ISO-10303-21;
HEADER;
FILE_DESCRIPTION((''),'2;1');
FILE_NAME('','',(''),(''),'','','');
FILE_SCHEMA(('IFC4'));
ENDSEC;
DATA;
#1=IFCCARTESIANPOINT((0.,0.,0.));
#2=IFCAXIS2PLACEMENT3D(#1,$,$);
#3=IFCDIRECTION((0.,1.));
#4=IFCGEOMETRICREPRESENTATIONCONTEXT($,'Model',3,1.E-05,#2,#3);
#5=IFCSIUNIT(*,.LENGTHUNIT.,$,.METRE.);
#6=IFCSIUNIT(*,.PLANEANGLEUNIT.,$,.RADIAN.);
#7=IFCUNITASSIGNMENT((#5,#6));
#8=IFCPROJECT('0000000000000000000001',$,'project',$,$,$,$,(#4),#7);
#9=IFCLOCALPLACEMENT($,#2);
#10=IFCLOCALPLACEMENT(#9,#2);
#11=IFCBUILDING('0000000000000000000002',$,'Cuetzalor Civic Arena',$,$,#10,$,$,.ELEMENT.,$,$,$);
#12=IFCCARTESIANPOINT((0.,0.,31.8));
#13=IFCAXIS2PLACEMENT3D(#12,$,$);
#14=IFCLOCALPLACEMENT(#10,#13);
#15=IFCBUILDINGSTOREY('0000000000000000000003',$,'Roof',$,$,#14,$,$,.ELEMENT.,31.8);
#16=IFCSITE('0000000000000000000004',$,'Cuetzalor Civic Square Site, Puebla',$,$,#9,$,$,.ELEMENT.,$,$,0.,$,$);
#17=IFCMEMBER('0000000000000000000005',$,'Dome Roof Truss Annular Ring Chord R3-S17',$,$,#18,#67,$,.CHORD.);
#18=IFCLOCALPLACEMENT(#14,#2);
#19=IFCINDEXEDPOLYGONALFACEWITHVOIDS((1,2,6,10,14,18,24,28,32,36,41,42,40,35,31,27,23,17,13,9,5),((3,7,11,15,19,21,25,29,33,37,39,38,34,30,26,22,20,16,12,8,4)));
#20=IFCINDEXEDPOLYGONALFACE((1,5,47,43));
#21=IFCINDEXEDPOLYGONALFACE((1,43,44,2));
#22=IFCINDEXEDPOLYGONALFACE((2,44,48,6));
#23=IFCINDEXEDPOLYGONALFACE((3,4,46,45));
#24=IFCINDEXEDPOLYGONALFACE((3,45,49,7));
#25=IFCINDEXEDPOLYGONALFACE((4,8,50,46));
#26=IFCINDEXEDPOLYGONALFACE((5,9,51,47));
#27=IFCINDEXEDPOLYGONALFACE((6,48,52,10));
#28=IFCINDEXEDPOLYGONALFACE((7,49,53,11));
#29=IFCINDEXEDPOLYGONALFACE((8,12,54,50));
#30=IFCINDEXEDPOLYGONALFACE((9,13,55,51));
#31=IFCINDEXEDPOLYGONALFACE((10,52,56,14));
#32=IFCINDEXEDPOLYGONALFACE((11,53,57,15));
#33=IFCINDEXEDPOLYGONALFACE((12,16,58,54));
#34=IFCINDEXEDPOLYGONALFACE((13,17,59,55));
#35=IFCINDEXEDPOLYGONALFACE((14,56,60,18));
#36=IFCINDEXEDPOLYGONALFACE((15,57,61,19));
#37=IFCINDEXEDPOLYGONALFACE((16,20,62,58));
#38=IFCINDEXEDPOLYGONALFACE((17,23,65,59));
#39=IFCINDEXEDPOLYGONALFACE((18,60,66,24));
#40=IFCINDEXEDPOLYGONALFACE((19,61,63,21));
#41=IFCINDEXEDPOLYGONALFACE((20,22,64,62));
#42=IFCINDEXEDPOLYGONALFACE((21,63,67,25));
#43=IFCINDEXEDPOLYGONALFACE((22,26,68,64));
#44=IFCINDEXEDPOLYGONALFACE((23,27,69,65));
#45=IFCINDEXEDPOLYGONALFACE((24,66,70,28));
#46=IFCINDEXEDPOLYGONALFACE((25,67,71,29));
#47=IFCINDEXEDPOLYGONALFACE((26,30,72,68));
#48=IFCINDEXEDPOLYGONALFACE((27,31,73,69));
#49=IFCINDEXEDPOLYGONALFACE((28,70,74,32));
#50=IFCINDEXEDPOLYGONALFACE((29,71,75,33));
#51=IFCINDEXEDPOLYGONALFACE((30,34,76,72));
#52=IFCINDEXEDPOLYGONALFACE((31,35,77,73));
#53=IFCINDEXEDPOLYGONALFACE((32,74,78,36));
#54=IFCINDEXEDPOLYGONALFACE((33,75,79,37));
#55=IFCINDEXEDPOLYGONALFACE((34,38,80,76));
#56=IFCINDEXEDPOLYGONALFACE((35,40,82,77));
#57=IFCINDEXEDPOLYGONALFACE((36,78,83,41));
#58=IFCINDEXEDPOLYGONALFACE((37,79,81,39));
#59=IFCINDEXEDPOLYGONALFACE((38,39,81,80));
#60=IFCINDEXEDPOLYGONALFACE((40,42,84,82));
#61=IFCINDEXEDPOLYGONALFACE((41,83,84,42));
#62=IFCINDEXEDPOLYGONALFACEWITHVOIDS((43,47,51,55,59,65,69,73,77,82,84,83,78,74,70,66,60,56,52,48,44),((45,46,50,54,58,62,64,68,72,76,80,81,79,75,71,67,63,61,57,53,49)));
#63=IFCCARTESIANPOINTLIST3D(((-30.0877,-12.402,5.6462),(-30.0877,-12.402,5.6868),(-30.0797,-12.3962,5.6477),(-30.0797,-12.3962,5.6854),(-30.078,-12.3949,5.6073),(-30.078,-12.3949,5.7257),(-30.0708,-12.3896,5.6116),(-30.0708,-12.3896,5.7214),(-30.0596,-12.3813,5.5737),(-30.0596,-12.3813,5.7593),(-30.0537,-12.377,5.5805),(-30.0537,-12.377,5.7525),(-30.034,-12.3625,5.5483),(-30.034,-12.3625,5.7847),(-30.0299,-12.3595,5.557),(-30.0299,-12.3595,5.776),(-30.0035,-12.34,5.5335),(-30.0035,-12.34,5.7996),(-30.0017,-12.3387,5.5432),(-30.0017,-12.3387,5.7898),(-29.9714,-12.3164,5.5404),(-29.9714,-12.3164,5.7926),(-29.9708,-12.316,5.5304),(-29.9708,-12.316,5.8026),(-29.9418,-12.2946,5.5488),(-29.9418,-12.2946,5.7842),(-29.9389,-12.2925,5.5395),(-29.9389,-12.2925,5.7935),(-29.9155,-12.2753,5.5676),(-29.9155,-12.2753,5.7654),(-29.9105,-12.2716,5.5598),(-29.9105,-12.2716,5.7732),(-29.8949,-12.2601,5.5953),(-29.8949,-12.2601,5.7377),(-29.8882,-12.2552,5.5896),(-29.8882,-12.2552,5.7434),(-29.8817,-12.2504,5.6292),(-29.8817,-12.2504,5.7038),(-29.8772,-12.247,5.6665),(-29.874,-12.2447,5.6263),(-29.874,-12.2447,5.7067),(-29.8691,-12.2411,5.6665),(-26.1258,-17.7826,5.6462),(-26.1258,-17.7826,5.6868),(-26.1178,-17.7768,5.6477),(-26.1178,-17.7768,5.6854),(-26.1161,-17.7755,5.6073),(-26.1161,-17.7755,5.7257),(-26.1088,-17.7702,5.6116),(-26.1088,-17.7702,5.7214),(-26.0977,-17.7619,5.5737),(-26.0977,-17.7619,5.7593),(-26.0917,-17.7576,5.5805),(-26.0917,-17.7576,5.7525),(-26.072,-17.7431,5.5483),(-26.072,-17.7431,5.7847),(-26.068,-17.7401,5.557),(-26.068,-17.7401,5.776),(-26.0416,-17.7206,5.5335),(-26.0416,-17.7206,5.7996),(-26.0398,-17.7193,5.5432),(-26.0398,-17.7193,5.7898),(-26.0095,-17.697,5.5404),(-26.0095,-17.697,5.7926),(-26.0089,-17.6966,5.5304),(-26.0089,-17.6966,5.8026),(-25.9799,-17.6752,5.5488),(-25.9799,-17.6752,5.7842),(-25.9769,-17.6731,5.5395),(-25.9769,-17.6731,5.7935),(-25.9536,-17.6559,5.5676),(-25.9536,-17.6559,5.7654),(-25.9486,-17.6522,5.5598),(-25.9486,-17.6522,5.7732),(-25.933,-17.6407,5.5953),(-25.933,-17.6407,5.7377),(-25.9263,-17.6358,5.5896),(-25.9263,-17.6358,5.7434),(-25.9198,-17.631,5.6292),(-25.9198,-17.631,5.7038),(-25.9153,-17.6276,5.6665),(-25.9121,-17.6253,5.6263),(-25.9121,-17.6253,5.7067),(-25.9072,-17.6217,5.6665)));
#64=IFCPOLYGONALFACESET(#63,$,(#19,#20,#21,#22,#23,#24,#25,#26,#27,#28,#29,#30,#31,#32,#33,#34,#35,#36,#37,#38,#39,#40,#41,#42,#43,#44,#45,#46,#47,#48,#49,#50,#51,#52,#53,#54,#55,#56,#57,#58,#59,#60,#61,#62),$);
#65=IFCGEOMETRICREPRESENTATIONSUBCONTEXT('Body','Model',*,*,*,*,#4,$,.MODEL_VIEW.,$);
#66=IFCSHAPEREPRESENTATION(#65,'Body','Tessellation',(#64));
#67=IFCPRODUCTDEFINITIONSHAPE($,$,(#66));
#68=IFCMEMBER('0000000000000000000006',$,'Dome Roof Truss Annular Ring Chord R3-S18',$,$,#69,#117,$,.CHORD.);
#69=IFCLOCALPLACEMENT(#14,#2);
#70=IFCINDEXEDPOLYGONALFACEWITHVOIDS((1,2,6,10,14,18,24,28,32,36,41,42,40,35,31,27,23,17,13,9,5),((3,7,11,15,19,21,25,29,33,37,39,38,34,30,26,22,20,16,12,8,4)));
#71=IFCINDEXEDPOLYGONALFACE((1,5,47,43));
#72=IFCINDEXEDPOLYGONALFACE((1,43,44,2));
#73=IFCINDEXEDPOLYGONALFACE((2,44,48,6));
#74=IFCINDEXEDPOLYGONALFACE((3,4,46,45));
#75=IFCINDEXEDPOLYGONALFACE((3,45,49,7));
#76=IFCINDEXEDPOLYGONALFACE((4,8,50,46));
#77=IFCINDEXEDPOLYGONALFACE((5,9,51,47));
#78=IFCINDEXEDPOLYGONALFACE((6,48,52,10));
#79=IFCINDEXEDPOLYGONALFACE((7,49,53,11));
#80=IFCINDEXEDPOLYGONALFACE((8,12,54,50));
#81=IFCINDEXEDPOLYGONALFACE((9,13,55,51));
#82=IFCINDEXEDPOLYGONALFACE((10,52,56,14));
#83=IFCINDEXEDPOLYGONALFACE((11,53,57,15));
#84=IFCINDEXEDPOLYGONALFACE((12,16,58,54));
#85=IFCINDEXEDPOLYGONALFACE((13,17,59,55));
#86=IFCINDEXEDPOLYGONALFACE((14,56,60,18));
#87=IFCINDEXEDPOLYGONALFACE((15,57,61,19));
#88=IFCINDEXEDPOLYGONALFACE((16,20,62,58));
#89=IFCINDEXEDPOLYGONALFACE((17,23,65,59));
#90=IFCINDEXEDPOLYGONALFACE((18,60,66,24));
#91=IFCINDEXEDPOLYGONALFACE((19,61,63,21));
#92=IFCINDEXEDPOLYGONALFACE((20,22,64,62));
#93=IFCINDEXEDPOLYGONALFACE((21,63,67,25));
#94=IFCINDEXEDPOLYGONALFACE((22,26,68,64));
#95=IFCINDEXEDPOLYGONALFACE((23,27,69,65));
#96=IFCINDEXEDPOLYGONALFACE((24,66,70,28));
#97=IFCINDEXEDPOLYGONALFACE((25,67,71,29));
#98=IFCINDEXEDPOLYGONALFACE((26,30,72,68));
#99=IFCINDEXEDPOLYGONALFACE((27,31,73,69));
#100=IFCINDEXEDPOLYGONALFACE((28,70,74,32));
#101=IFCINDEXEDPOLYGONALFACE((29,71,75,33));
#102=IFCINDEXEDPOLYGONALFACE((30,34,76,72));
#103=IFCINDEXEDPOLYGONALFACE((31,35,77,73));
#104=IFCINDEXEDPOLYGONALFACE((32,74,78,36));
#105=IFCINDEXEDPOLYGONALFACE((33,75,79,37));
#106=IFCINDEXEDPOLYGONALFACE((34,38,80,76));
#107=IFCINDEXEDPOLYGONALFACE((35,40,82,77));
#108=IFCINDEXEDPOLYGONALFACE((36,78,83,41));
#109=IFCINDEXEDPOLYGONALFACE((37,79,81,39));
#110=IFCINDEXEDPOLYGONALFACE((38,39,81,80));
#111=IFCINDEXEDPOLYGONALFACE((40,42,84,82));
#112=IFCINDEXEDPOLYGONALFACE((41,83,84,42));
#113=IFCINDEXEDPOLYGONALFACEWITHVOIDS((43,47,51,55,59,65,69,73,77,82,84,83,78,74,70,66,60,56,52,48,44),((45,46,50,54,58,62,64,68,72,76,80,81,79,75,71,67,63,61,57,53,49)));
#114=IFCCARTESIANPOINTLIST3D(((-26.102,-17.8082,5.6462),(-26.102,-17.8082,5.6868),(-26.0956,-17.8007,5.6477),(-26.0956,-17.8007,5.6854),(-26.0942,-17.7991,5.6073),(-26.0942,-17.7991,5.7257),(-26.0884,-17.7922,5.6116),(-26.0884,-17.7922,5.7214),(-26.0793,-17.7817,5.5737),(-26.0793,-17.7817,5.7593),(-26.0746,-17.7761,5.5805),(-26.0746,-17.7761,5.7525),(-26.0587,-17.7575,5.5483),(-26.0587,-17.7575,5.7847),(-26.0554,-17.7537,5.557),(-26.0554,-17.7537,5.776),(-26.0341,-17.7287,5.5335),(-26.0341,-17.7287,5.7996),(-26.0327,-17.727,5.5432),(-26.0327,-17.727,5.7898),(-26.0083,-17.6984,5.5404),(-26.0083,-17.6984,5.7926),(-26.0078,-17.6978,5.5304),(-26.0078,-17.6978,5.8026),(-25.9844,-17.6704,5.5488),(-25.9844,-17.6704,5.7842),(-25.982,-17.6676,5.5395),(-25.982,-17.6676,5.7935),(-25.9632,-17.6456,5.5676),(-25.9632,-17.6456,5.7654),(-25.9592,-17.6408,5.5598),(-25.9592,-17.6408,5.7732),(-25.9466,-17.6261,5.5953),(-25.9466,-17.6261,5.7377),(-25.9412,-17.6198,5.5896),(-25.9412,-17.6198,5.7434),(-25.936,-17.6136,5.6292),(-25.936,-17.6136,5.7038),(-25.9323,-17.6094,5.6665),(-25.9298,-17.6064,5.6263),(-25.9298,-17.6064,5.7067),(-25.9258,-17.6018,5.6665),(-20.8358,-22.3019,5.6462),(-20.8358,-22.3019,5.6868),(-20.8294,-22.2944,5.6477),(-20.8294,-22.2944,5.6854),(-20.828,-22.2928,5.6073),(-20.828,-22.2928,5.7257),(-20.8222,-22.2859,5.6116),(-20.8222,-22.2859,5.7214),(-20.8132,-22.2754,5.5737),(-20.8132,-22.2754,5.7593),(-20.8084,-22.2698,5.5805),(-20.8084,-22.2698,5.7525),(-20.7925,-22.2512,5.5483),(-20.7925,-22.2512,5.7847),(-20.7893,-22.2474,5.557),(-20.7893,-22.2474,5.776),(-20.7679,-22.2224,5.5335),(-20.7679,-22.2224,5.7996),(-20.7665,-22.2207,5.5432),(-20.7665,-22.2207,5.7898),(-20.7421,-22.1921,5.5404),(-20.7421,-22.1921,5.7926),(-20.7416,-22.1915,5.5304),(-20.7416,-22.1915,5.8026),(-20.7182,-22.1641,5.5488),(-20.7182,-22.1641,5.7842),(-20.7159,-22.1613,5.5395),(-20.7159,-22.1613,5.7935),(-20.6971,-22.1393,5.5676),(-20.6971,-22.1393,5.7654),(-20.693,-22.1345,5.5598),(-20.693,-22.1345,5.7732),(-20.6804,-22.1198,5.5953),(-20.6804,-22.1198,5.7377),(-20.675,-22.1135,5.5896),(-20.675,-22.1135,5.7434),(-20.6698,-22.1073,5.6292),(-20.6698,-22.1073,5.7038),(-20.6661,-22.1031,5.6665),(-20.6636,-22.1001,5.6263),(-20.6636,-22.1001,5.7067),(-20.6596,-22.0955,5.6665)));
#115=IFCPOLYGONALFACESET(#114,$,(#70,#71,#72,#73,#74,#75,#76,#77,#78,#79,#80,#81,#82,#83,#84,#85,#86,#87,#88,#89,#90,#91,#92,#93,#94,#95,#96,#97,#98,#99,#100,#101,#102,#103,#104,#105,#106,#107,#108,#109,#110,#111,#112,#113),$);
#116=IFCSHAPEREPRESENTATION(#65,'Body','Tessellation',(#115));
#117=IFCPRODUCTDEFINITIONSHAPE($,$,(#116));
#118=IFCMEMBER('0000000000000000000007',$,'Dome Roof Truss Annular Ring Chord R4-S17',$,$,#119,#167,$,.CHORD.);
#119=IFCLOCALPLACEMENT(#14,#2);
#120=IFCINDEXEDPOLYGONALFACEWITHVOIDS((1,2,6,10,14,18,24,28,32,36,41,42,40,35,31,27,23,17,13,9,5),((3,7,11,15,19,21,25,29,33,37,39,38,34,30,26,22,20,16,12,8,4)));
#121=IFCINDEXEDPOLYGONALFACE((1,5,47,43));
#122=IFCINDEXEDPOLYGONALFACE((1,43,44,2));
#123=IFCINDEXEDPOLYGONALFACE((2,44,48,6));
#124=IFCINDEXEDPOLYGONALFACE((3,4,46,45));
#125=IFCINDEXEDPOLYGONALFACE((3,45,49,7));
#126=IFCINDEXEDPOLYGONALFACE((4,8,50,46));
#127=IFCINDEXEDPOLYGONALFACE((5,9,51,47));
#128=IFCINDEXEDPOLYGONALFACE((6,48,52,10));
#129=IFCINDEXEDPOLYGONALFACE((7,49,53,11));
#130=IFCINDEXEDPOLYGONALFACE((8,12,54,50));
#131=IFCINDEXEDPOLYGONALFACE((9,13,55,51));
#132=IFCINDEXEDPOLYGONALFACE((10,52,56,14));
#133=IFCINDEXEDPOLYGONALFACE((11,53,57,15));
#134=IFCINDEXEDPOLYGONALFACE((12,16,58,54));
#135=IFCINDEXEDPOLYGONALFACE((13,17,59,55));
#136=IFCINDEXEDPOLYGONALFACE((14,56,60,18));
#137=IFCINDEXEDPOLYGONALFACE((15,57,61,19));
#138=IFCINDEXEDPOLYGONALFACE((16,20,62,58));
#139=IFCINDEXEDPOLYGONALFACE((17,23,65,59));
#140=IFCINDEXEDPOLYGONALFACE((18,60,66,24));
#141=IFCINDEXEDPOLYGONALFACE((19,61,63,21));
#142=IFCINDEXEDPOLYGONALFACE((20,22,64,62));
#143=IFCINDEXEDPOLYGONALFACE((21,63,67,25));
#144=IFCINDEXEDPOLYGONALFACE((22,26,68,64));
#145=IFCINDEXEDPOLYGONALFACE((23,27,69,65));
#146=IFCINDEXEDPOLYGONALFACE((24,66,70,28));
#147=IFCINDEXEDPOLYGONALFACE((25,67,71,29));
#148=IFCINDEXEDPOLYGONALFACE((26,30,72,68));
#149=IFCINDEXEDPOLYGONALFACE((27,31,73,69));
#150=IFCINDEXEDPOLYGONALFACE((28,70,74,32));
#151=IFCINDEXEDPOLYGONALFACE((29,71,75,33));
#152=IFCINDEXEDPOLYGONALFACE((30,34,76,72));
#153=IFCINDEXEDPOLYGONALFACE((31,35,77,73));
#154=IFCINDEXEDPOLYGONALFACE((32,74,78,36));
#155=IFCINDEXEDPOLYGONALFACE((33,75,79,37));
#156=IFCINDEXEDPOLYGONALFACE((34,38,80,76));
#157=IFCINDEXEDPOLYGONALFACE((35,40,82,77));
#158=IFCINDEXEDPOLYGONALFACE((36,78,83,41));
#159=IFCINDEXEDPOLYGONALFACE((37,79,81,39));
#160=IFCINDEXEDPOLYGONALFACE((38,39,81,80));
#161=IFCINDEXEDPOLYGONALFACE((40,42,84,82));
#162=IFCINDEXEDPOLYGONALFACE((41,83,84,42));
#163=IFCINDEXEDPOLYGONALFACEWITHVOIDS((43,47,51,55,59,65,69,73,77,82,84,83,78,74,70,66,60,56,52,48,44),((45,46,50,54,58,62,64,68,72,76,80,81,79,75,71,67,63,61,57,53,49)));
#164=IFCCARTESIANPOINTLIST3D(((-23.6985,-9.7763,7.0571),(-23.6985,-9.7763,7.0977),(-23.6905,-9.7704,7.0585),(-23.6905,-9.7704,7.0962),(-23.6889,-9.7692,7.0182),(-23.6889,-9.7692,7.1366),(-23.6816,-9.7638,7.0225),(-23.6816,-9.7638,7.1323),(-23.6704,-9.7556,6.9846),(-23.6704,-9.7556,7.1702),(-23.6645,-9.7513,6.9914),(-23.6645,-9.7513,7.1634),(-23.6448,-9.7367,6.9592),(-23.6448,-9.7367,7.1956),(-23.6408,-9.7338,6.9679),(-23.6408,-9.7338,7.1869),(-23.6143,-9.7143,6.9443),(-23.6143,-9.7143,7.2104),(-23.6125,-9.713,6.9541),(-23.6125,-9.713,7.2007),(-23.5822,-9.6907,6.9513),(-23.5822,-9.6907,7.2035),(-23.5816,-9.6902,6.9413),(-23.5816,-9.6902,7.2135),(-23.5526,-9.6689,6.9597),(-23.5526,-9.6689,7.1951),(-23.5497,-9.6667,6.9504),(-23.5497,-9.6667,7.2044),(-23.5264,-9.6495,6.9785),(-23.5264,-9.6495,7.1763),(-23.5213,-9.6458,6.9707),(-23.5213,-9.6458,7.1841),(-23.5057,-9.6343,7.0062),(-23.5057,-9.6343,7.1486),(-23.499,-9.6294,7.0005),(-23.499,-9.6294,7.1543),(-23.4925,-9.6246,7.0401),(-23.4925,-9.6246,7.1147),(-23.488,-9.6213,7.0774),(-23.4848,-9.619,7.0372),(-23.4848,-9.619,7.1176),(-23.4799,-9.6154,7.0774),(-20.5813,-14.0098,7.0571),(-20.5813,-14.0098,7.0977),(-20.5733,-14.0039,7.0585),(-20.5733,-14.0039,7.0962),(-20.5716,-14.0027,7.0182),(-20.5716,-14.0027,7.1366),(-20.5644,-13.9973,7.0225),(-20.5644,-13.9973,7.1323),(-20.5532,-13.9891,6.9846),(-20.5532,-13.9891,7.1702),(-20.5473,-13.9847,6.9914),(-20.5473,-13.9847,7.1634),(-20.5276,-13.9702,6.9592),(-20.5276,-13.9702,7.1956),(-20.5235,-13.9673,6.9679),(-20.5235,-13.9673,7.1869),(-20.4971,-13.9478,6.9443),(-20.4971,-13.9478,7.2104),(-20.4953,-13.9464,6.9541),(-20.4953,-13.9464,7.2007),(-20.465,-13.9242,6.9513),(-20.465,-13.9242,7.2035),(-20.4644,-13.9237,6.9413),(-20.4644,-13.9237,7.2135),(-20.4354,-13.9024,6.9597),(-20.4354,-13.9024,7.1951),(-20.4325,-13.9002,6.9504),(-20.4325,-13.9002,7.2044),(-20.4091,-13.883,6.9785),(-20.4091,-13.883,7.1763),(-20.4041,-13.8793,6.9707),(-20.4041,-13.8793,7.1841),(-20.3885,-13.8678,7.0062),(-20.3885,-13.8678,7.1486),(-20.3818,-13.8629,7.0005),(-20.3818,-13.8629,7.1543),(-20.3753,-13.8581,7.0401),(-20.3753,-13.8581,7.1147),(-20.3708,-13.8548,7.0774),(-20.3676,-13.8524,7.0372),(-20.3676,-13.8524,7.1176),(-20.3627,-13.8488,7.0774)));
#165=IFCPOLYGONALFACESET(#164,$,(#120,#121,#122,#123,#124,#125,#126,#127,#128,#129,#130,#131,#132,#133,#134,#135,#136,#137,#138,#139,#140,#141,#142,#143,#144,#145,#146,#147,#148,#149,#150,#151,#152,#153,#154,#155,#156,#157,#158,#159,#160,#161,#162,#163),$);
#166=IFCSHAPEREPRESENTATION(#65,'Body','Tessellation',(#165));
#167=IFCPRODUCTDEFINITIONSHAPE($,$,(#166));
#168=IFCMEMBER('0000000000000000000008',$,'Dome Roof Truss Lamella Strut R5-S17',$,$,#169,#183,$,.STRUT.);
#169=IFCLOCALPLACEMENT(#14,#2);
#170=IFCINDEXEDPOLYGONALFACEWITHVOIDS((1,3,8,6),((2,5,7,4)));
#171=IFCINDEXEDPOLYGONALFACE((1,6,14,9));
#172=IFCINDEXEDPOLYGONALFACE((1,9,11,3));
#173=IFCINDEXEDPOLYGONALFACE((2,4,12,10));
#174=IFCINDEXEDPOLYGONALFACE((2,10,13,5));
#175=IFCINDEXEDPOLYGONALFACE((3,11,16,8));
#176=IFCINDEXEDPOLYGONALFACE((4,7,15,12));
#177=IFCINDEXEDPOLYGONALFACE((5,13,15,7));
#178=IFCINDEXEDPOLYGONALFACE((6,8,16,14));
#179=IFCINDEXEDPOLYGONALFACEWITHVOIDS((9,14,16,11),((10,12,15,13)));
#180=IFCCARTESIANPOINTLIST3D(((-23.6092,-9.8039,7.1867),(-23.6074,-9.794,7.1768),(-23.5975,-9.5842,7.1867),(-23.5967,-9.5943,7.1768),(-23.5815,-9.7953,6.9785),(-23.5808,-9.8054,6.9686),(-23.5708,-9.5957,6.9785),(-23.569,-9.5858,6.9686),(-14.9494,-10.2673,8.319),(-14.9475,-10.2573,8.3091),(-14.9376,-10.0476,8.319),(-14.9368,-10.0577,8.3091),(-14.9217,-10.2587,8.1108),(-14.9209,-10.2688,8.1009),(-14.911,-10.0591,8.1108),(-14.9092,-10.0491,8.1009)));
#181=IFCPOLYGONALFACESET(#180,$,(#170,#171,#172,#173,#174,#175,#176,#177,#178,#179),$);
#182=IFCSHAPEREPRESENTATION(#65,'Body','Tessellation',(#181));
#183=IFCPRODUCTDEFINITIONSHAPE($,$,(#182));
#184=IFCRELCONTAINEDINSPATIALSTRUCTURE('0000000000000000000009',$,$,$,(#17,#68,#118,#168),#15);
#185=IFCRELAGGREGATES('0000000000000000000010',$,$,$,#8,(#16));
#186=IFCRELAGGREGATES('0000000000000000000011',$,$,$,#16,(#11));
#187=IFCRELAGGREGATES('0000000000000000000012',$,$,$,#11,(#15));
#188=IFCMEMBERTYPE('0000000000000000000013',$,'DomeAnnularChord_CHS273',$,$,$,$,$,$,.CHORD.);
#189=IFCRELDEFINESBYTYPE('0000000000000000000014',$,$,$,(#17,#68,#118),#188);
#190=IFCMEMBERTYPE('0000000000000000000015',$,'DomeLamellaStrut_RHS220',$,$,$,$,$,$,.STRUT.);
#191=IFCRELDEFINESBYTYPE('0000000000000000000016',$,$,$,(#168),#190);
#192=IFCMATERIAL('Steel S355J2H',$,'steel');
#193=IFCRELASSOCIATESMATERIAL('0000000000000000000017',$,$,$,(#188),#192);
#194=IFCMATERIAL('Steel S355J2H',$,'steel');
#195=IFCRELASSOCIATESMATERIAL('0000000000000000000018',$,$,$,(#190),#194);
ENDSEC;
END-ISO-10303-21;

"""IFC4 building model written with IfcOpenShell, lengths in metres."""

from ifc_helpers import new_model, si_unit, direction, frame, origin, origin_2d, place, context, subcontext, project, spatial, hollow_rectangle, hollow_circle, extrude, material, material_profile, profile_set, type_object, element, save


model = new_model("IFC4")

# Units and contexts
model_context = context("Model", 3, precision=1e-05, world=origin(), true_north=direction((0.0, 1.0)))
body_context = subcontext(model_context, "Body", "Model", "MODEL_VIEW")
ifc_project = project(units=[si_unit("LENGTHUNIT", "METRE"), si_unit("PLANEANGLEUNIT", "RADIAN")], contexts=[model_context])

# Site, building, storey
site_placement = place(None, origin())
site = spatial("IfcSite", under=ifc_project, at=site_placement, Name="Cuetzalor Civic Square Site, Puebla", CompositionType="ELEMENT", RefElevation=0.0)
building_placement = place(site_placement, origin())
building = spatial("IfcBuilding", under=site, at=building_placement, Name="Cuetzalor Civic Arena", CompositionType="ELEMENT")
storey_placement = place(building_placement, frame((0.0, 0.0, 31.8)))
storey = spatial("IfcBuildingStorey", under=building, at=storey_placement, Name="Roof", CompositionType="ELEMENT", Elevation=31.8)

# Members
ifc_material_1 = material(Name="Steel S355J2H", Category="steel")
ifc_material_profile_1 = material_profile(ifc_material_1, hollow_circle(Radius=0.1365, WallThickness=0.01, at=origin_2d()), Name="CHS 273x10")
ifc_profile_set_1 = profile_set([ifc_material_profile_1], Name="Steel S355J2H")
member_type_1 = type_object("IfcMemberType", Name="DomeAnnularChord_CHS273", PredefinedType="CHORD", material=ifc_profile_set_1)
member_1_placement = place(storey_placement, frame((-29.979, -12.322, 5.6665), z_axis=(0.592932, -0.805252, 0.0), x_axis=(0.805252, 0.592932, 0.0)))
element("IfcMember", 1, at=member_1_placement, inside=storey, type_object=member_type_1, Name="Dome Roof Truss Annular Ring Chord R3-S17", PredefinedType="CHORD", context=body_context, shape_type="SweptSolid", body=[
    extrude(hollow_circle(Radius=0.1365, WallThickness=0.01, at=origin_2d()), origin(), (0.0, 0.0, 1.0), 6.6819),
])
member_2_placement = place(storey_placement, frame((-26.0144, -17.7056, 5.6665), z_axis=(0.760694, -0.649111, 0.0), x_axis=(0.649111, 0.760694, 0.0)))
element("IfcMember", 2, at=member_2_placement, inside=storey, type_object=member_type_1, Name="Dome Roof Truss Annular Ring Chord R3-S18", PredefinedType="CHORD", context=body_context, shape_type="SweptSolid", body=[
    extrude(hollow_circle(Radius=0.1365, WallThickness=0.01, at=origin_2d()), origin(), (0.0, 0.0, 1.0), 6.9229),
])
member_3_placement = place(storey_placement, frame((-23.5898, -9.6963, 7.0774), z_axis=(0.592933, -0.805252, 0.0), x_axis=(0.805252, 0.592933, 0.0)))
element("IfcMember", 3, at=member_3_placement, inside=storey, type_object=member_type_1, Name="Dome Roof Truss Annular Ring Chord R4-S17", PredefinedType="CHORD", context=body_context, shape_type="SweptSolid", body=[
    extrude(hollow_circle(Radius=0.1365, WallThickness=0.01, at=origin_2d()), origin(), (0.0, 0.0, 1.0), 5.2573),
])
ifc_material_2 = material(Name="Steel S355J2H", Category="steel")
ifc_material_profile_2 = material_profile(ifc_material_2, hollow_rectangle(XDim=0.22, YDim=0.22, WallThickness=0.01, at=origin_2d()), Name="RHS 220x220x10")
ifc_profile_set_2 = profile_set([ifc_material_profile_2], Name="Steel S355J2H")
member_type_2 = type_object("IfcMemberType", Name="DomeLamellaStrut_RHS220", PredefinedType="STRUT", material=ifc_profile_set_2)
member_4_placement = place(storey_placement, frame((-23.5891, -9.6948, 7.0776), z_axis=(0.990167, -0.052982, 0.129469), x_axis=(0.053432, 0.998571, 0.0)))
element("IfcMember", 4, at=member_4_placement, inside=storey, type_object=member_type_2, Name="Dome Roof Truss Lamella Strut R5-S17", PredefinedType="STRUT", context=body_context, shape_type="SweptSolid", body=[
    extrude(hollow_rectangle(XDim=0.22, YDim=0.22, WallThickness=0.01, at=origin_2d()), origin(), (0.0, 0.0, 1.0), 8.7458),
])

save(model, "model.ifc")
